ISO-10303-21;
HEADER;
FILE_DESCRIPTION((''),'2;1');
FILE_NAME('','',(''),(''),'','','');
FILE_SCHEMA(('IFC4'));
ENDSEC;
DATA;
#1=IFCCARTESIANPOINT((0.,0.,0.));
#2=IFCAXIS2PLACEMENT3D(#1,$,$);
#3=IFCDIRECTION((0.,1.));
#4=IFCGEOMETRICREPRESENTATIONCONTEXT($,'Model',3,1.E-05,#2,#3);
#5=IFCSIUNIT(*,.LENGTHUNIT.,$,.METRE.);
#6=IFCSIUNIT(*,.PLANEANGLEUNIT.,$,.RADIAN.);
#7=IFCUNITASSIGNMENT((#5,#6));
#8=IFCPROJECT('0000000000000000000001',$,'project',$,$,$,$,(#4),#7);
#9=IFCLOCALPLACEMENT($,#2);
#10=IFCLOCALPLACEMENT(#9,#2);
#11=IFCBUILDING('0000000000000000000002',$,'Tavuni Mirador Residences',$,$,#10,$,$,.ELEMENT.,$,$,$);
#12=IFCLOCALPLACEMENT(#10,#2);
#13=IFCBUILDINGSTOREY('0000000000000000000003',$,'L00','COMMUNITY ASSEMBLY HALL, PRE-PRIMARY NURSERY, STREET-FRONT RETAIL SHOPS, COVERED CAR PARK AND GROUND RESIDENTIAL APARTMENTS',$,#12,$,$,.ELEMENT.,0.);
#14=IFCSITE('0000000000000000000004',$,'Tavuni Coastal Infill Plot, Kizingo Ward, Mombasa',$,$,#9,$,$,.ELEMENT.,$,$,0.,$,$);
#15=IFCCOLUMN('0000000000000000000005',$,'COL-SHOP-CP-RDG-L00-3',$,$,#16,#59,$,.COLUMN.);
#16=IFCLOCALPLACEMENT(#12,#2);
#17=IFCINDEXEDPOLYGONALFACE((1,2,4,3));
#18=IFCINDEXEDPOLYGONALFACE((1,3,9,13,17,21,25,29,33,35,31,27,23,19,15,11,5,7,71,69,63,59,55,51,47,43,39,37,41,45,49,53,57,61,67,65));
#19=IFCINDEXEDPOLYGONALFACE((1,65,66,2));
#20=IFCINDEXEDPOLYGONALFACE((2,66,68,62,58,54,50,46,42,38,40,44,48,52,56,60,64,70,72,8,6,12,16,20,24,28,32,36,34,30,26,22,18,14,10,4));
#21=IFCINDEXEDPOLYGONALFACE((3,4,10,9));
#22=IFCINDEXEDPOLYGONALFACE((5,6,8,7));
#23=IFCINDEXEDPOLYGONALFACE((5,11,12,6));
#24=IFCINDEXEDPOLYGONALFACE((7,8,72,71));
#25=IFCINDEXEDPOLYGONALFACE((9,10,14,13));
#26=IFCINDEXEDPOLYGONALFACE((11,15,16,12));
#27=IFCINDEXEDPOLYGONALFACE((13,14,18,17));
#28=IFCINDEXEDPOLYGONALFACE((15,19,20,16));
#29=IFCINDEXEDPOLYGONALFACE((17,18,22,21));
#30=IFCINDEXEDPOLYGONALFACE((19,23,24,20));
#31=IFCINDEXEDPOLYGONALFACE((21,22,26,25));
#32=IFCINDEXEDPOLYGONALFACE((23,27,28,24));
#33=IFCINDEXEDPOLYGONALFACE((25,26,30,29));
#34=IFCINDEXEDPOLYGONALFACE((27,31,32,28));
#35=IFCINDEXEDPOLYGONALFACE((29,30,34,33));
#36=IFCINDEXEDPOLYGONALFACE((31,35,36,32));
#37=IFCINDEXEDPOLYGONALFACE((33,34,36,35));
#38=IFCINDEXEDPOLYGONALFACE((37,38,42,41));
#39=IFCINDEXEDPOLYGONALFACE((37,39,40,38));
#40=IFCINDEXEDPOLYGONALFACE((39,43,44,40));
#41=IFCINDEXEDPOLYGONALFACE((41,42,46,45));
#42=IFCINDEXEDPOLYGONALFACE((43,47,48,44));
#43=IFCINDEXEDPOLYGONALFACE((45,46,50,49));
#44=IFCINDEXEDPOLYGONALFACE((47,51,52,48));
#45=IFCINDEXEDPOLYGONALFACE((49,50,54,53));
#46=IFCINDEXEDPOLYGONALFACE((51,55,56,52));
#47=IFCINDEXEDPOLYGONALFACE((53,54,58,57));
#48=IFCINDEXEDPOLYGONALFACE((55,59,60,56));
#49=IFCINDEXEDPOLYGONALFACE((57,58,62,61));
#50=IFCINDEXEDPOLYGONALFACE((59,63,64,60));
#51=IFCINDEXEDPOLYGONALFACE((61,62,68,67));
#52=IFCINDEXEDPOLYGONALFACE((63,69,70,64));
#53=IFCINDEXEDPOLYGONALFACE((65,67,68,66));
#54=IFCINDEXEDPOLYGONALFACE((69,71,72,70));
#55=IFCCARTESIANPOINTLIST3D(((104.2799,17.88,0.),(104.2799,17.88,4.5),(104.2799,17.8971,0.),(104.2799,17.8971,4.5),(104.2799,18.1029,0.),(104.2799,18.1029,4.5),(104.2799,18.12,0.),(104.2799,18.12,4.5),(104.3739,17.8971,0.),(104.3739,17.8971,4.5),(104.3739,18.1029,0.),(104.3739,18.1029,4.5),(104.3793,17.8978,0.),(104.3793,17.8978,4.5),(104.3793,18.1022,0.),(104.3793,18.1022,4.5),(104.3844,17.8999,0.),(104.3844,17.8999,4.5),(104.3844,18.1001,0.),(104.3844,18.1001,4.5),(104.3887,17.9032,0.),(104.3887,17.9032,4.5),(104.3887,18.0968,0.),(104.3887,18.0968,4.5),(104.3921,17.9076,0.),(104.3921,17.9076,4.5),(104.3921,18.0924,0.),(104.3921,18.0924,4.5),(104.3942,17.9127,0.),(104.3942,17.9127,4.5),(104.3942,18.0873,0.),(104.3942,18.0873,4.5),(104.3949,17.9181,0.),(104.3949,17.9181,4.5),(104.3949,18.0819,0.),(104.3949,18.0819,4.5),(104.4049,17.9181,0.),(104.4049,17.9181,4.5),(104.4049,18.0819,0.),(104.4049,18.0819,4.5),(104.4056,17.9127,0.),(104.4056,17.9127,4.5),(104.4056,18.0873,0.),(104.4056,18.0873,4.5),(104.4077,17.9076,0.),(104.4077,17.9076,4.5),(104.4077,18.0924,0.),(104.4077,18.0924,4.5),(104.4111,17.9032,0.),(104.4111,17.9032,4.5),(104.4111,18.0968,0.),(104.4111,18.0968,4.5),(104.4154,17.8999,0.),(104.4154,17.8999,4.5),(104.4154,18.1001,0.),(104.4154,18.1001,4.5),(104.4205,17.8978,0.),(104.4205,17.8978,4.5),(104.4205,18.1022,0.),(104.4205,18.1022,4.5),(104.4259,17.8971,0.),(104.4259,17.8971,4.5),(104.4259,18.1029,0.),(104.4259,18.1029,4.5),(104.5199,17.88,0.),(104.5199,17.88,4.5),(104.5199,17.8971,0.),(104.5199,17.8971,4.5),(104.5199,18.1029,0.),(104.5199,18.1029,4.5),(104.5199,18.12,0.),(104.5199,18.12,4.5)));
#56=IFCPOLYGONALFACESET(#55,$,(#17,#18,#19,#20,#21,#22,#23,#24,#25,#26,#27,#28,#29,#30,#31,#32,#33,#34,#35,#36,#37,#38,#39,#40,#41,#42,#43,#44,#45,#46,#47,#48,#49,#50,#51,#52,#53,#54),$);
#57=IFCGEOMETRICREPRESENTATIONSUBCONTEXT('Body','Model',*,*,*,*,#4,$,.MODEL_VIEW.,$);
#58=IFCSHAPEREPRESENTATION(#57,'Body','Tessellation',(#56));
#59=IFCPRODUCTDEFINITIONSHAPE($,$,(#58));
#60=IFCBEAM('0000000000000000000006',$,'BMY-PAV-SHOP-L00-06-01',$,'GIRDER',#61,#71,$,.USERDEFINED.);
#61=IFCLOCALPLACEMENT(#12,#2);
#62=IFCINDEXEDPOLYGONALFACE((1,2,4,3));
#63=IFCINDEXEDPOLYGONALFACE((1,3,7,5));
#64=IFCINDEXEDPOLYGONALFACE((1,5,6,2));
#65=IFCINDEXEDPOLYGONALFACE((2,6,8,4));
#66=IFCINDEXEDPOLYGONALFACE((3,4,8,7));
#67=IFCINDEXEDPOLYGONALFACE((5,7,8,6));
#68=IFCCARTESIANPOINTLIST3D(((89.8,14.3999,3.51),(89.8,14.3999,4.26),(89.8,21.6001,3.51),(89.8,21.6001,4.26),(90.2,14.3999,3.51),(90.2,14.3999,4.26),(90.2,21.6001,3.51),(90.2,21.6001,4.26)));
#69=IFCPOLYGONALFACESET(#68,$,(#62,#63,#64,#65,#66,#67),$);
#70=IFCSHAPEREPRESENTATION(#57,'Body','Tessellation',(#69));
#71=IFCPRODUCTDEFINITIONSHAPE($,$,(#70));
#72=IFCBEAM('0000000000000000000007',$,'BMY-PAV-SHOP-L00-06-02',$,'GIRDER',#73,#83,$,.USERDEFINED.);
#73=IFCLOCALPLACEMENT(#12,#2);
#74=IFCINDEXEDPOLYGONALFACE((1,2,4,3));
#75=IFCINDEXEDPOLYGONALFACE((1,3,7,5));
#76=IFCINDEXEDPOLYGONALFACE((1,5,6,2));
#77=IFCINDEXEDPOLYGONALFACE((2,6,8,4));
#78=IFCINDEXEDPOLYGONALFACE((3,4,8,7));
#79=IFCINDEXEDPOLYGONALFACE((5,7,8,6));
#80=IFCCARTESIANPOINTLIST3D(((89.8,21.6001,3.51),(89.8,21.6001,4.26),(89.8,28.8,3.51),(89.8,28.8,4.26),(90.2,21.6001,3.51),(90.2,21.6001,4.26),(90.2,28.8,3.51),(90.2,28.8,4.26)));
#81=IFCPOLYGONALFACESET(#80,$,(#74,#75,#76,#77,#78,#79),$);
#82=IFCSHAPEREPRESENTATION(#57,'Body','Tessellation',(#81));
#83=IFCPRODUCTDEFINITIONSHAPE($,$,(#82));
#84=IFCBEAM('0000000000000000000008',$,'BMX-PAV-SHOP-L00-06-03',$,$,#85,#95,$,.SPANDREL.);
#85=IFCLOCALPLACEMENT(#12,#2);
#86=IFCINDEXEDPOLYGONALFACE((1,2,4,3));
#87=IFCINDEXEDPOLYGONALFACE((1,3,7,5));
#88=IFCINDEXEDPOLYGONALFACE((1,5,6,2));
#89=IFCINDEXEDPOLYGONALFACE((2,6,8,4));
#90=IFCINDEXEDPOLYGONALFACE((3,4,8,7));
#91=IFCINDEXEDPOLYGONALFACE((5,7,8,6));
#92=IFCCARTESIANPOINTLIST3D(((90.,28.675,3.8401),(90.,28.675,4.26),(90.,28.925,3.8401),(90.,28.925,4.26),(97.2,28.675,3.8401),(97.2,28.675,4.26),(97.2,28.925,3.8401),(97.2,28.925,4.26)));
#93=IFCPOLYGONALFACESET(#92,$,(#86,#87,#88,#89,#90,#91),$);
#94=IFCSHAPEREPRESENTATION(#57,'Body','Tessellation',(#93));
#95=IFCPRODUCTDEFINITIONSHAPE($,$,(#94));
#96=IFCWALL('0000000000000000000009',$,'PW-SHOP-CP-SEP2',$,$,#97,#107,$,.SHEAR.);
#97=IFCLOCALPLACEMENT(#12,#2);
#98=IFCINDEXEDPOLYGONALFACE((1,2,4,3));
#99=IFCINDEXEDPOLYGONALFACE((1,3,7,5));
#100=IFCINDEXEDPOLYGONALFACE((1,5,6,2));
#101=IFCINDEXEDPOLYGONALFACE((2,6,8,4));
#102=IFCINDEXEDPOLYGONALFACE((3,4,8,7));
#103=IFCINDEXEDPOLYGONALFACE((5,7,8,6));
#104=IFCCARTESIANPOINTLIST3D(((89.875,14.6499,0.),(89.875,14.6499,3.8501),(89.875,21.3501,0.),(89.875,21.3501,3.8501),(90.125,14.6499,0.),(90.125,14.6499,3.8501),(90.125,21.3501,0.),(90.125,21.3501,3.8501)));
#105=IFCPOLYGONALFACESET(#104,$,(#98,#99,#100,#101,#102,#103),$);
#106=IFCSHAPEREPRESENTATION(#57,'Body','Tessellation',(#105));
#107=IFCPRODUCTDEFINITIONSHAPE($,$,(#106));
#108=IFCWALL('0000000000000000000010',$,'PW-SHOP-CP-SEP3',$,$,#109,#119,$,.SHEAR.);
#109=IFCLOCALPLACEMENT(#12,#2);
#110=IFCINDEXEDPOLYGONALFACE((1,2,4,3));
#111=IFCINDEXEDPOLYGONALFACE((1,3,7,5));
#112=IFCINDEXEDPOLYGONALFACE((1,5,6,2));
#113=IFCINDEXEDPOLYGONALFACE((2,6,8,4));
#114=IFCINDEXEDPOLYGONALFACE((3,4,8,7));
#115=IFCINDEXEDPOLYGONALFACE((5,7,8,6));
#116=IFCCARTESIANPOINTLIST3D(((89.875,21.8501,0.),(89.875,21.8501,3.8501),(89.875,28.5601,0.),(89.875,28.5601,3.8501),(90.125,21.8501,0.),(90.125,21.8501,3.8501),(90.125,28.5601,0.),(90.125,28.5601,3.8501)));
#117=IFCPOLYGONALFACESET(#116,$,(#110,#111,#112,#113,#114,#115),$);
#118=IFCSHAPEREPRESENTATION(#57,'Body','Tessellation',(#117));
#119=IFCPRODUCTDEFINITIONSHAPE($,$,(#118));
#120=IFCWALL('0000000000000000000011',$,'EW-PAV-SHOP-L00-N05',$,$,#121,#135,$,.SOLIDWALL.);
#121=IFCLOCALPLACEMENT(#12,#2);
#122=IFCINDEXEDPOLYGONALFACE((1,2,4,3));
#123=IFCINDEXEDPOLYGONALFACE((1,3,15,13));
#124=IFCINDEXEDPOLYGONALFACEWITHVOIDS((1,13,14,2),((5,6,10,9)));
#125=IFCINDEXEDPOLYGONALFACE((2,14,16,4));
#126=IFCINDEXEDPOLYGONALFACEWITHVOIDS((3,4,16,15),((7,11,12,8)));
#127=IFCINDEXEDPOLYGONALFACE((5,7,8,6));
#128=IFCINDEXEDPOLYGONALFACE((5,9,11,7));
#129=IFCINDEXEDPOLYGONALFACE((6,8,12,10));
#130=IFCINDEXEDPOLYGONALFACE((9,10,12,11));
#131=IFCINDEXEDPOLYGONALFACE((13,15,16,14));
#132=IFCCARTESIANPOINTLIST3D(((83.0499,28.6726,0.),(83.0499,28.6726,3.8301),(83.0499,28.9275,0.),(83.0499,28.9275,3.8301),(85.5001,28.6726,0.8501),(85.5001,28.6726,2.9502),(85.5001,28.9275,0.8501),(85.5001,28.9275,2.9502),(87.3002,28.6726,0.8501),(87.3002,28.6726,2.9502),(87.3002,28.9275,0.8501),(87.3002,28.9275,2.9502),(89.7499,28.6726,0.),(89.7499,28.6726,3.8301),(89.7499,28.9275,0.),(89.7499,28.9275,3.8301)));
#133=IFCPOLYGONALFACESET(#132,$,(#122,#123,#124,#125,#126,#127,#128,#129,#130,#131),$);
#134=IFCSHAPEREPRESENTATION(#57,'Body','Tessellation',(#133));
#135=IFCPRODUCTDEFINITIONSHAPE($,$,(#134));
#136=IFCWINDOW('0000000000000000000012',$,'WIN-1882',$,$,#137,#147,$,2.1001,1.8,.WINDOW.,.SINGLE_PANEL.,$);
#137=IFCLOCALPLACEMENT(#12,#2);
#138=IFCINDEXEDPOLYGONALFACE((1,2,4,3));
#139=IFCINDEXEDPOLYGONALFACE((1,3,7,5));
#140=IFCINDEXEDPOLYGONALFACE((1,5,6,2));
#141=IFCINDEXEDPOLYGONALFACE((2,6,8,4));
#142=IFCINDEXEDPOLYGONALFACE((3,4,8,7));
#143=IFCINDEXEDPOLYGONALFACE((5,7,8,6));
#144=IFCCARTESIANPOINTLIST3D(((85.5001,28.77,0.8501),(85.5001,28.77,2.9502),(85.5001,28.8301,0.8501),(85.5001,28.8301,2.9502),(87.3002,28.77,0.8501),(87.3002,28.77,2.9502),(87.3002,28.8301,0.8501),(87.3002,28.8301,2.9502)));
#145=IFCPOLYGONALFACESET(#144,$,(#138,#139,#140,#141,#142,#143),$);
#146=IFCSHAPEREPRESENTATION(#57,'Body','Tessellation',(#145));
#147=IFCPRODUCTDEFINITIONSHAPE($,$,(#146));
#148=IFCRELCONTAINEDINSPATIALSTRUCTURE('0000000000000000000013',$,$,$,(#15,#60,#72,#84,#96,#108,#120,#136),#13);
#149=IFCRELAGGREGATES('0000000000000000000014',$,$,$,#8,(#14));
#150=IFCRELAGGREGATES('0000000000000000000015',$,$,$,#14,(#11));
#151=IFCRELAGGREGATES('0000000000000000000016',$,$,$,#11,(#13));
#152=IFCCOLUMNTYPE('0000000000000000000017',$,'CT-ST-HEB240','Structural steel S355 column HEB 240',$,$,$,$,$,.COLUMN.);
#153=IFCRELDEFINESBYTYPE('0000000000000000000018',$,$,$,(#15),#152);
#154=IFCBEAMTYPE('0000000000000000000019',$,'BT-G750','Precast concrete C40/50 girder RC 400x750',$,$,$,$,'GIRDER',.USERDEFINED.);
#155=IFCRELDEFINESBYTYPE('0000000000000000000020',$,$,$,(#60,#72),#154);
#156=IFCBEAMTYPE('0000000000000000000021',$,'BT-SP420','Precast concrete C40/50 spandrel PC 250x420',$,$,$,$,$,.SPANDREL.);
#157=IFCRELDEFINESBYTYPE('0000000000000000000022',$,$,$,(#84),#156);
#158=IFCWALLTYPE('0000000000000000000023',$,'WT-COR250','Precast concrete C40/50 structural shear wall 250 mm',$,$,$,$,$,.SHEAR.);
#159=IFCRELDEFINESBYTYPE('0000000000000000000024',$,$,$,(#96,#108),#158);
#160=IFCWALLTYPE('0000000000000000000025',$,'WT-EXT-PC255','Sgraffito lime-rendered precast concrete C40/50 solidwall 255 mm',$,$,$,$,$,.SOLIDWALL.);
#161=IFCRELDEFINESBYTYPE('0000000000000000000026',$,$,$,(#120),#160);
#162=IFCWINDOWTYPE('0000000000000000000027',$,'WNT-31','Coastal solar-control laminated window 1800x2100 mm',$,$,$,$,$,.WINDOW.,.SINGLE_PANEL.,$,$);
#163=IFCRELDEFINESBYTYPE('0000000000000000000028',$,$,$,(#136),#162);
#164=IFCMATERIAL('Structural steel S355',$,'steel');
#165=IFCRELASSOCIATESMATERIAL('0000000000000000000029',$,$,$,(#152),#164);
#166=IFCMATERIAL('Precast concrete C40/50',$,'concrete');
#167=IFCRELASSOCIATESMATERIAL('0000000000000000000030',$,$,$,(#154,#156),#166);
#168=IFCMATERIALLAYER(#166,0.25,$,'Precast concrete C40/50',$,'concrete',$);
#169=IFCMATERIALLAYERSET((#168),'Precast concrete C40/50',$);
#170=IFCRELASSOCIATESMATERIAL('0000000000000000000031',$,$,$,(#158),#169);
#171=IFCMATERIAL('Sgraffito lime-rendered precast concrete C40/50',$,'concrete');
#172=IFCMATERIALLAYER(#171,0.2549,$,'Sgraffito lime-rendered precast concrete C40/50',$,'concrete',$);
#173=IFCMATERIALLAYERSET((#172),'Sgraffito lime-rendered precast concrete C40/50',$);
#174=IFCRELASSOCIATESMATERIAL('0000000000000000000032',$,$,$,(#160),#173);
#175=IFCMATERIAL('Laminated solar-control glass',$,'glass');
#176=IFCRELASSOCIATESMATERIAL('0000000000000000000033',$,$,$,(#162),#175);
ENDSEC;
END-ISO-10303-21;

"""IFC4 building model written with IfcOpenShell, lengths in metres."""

from ifc_helpers import new_model, si_unit, direction, frame, frame_2d, origin, origin_2d, place, context, subcontext, project, spatial, rectangle, i_section, extrude, material, layer, layer_set, material_profile, profile_set, type_object, element, fill, save


model = new_model("IFC4")

# Units and contexts
model_context = context("Model", 3, precision=1e-05, world=origin(), true_north=direction((0.0, 1.0)))
body_context = subcontext(model_context, "Body", "Model", "MODEL_VIEW")
ifc_project = project(units=[si_unit("LENGTHUNIT", "METRE"), si_unit("PLANEANGLEUNIT", "RADIAN")], contexts=[model_context])

# Site, building, storey
site_placement = place(None, origin())
site = spatial("IfcSite", under=ifc_project, at=site_placement, Name="Tavuni Coastal Infill Plot, Kizingo Ward, Mombasa", CompositionType="ELEMENT", RefElevation=0.0)
building_placement = place(site_placement, origin())
building = spatial("IfcBuilding", under=site, at=building_placement, Name="Tavuni Mirador Residences", CompositionType="ELEMENT")
storey_placement = place(building_placement, origin())
storey = spatial("IfcBuildingStorey", under=building, at=storey_placement, Name="L00", Description="COMMUNITY ASSEMBLY HALL, PRE-PRIMARY NURSERY, STREET-FRONT RETAIL SHOPS, COVERED CAR PARK AND GROUND RESIDENTIAL APARTMENTS", CompositionType="ELEMENT", Elevation=0.0)

# Column
ifc_material_1 = material(Name="Precast concrete C40/50", Category="concrete")
ifc_material_2 = material(Name="Structural steel S355", Category="steel")
ifc_material_profile_1 = material_profile(ifc_material_2, i_section(OverallWidth=0.24, OverallDepth=0.24, WebThickness=0.01, FlangeThickness=0.0171, FilletRadius=0.021, at=origin_2d()), Name="HEB 240", Category="steel")
ifc_profile_set_1 = profile_set([ifc_material_profile_1], Name="Structural steel S355")
column_type_1 = type_object("IfcColumnType", Name="CT-ST-HEB240", Description="Structural steel S355 column HEB 240", PredefinedType="COLUMN", material=ifc_profile_set_1)
for number, where, z_axis, x_axis, name in (
    (1, (104.3999, 18.0, 0.0), (0.0, 0.0, 1.0), (1.0, 0.0, 0.0), "COL-SHOP-CP-RDG-L00-3"),
):
    element("IfcColumn", number, at=place(storey_placement, frame(where, z_axis=z_axis, x_axis=x_axis)), inside=storey, type_object=column_type_1, Name=name, PredefinedType="COLUMN", context=body_context, shape_type="SweptSolid", body=[
        extrude(i_section(OverallWidth=0.24, OverallDepth=0.24, WebThickness=0.01, FlangeThickness=0.0171, FilletRadius=0.021, at=origin_2d()), origin(), (0.0, 0.0, 1.0), 4.5),
    ])

# Beams
ifc_material_profile_2 = material_profile(ifc_material_1, rectangle(XDim=0.3999, YDim=0.75, at=origin_2d()), Name="RC 400x750", Category="concrete")
ifc_profile_set_2 = profile_set([ifc_material_profile_2], Name="Precast concrete C40/50")
beam_type_1 = type_object("IfcBeamType", Name="BT-G750", Description="Precast concrete C40/50 girder RC 400x750", ElementType="GIRDER", PredefinedType="USERDEFINED", material=ifc_profile_set_2)
beam_1_placement = place(storey_placement, frame((90.0, 14.3999, 3.885), z_axis=(0.0, 1.0, 0.0), x_axis=(-1.0, 0.0, 0.0)))
element("IfcBeam", 2, at=beam_1_placement, inside=storey, type_object=beam_type_1, Name="BMY-PAV-SHOP-L00-06-01", ObjectType="GIRDER", PredefinedType="USERDEFINED", context=body_context, shape_type="SweptSolid", body=[
    extrude(rectangle(XDim=0.3999, YDim=0.75, at=origin_2d()), origin(), (0.0, 0.0, 1.0), 7.2002),
])
beam_2_placement = place(storey_placement, frame((90.0, 21.6001, 3.885), z_axis=(0.0, 1.0, 0.0), x_axis=(-1.0, 0.0, 0.0)))
element("IfcBeam", 3, at=beam_2_placement, inside=storey, type_object=beam_type_1, Name="BMY-PAV-SHOP-L00-06-02", ObjectType="GIRDER", PredefinedType="USERDEFINED", context=body_context, shape_type="SweptSolid", body=[
    extrude(rectangle(XDim=0.3999, YDim=0.75, at=origin_2d()), origin(), (0.0, 0.0, 1.0), 7.2),
])
ifc_material_profile_3 = material_profile(ifc_material_1, rectangle(XDim=0.25, YDim=0.4199, at=origin_2d()), Name="PC 250x420", Category="concrete")
ifc_profile_set_3 = profile_set([ifc_material_profile_3], Name="Precast concrete C40/50")
beam_type_2 = type_object("IfcBeamType", Name="BT-SP420", Description="Precast concrete C40/50 spandrel PC 250x420", PredefinedType="SPANDREL", material=ifc_profile_set_3)
beam_3_placement = place(storey_placement, frame((90.0, 28.8, 4.05), z_axis=(1.0, 0.0, 0.0), x_axis=(0.0, 1.0, 0.0)))
element("IfcBeam", 4, at=beam_3_placement, inside=storey, type_object=beam_type_2, Name="BMX-PAV-SHOP-L00-06-03", PredefinedType="SPANDREL", context=body_context, shape_type="SweptSolid", body=[
    extrude(rectangle(XDim=0.25, YDim=0.4199, at=origin_2d()), origin(), (0.0, 0.0, 1.0), 7.2),
])

# Walls
ifc_layer_1 = layer(ifc_material_1, 0.25, Name="Precast concrete C40/50", Category="concrete")
ifc_layer_set_1 = layer_set([ifc_layer_1], Name="Precast concrete C40/50")
wall_type_1 = type_object("IfcWallType", Name="WT-COR250", Description="Precast concrete C40/50 structural shear wall 250 mm", PredefinedType="SHEAR", material=ifc_layer_set_1)
wall_1_placement = place(storey_placement, frame((90.0, 14.6499, 0.0), z_axis=(0.0, 0.0, 1.0), x_axis=(0.0, 1.0, 0.0)))
element("IfcWall", 5, at=wall_1_placement, inside=storey, type_object=wall_type_1, Name="PW-SHOP-CP-SEP2", PredefinedType="SHEAR", context=body_context, shape_type="SweptSolid", body=[
    extrude(rectangle(XDim=6.7002, YDim=0.25, at=frame_2d((3.3501, 0.0))), origin(), (0.0, 0.0, 1.0), 3.8501),
])
wall_2_placement = place(storey_placement, frame((90.0, 21.8501, 0.0), z_axis=(0.0, 0.0, 1.0), x_axis=(0.0, 1.0, 0.0)))
element("IfcWall", 6, at=wall_2_placement, inside=storey, type_object=wall_type_1, Name="PW-SHOP-CP-SEP3", PredefinedType="SHEAR", context=body_context, shape_type="SweptSolid", body=[
    extrude(rectangle(XDim=6.71, YDim=0.25, at=frame_2d((3.355, 0.0))), origin(), (0.0, 0.0, 1.0), 3.8501),
])

# Wall, opening, window
ifc_material_3 = material(Name="Sgraffito lime-rendered precast concrete C40/50", Category="concrete")
ifc_layer_2 = layer(ifc_material_3, 0.2549, Name="Sgraffito lime-rendered precast concrete C40/50", Category="concrete")
ifc_layer_set_2 = layer_set([ifc_layer_2], Name="Sgraffito lime-rendered precast concrete C40/50")
wall_type_2 = type_object("IfcWallType", Name="WT-EXT-PC255", Description="Sgraffito lime-rendered precast concrete C40/50 solidwall 255 mm", PredefinedType="SOLIDWALL", material=ifc_layer_set_2)
wall_3_placement = place(storey_placement, frame((89.75, 28.8, 0.0), z_axis=(0.0, 0.0, 1.0), x_axis=(-1.0, 0.0, 0.0)))
wall_3 = element("IfcWall", 7, at=wall_3_placement, inside=storey, type_object=wall_type_2, Name="EW-PAV-SHOP-L00-N05", PredefinedType="SOLIDWALL", context=body_context, shape_type="SweptSolid", body=[
    extrude(rectangle(XDim=6.7, YDim=0.2549, at=frame_2d((3.3501, 0.0))), origin(), (0.0, 0.0, 1.0), 3.8301),
])
opening_1_placement = place(wall_3_placement, frame((2.45, 0.0, 0.8501)))
opening_1 = element("IfcOpeningElement", 8, at=opening_1_placement, cuts=wall_3, PredefinedType="OPENING", context=body_context, shape_type="SweptSolid", body=[
    extrude(rectangle(XDim=1.8, YDim=2.1001, at=frame_2d((0.8999, 1.05))), frame((0.0, 0.1375, 0.0), z_axis=(0.0, -1.0, 0.0), x_axis=(1.0, 0.0, 0.0)), (0.0, 0.0, 1.0), 0.2749),
])
ifc_material_4 = material(Name="Laminated solar-control glass", Category="glass")
window_type = type_object("IfcWindowType", Name="WNT-31", Description="Coastal solar-control laminated window 1800x2100 mm", PartitioningType="SINGLE_PANEL", PredefinedType="WINDOW", material=ifc_material_4)
window_1_placement = place(opening_1_placement, origin())
window_1 = element("IfcWindow", 9, at=window_1_placement, inside=storey, type_object=window_type, Name="WIN-1882", OverallHeight=2.1001, OverallWidth=1.8, PartitioningType="SINGLE_PANEL", PredefinedType="WINDOW", context=body_context, shape_type="SweptSolid", body=[
    extrude(rectangle(XDim=1.8, YDim=2.1001, at=frame_2d((0.8999, 1.05))), frame((0.0, 0.03, 0.0), z_axis=(0.0, -1.0, 0.0), x_axis=(1.0, 0.0, 0.0)), (0.0, 0.0, 1.0), 0.0601),
])
fill(opening_1, window_1)

save(model, "model.ifc")
